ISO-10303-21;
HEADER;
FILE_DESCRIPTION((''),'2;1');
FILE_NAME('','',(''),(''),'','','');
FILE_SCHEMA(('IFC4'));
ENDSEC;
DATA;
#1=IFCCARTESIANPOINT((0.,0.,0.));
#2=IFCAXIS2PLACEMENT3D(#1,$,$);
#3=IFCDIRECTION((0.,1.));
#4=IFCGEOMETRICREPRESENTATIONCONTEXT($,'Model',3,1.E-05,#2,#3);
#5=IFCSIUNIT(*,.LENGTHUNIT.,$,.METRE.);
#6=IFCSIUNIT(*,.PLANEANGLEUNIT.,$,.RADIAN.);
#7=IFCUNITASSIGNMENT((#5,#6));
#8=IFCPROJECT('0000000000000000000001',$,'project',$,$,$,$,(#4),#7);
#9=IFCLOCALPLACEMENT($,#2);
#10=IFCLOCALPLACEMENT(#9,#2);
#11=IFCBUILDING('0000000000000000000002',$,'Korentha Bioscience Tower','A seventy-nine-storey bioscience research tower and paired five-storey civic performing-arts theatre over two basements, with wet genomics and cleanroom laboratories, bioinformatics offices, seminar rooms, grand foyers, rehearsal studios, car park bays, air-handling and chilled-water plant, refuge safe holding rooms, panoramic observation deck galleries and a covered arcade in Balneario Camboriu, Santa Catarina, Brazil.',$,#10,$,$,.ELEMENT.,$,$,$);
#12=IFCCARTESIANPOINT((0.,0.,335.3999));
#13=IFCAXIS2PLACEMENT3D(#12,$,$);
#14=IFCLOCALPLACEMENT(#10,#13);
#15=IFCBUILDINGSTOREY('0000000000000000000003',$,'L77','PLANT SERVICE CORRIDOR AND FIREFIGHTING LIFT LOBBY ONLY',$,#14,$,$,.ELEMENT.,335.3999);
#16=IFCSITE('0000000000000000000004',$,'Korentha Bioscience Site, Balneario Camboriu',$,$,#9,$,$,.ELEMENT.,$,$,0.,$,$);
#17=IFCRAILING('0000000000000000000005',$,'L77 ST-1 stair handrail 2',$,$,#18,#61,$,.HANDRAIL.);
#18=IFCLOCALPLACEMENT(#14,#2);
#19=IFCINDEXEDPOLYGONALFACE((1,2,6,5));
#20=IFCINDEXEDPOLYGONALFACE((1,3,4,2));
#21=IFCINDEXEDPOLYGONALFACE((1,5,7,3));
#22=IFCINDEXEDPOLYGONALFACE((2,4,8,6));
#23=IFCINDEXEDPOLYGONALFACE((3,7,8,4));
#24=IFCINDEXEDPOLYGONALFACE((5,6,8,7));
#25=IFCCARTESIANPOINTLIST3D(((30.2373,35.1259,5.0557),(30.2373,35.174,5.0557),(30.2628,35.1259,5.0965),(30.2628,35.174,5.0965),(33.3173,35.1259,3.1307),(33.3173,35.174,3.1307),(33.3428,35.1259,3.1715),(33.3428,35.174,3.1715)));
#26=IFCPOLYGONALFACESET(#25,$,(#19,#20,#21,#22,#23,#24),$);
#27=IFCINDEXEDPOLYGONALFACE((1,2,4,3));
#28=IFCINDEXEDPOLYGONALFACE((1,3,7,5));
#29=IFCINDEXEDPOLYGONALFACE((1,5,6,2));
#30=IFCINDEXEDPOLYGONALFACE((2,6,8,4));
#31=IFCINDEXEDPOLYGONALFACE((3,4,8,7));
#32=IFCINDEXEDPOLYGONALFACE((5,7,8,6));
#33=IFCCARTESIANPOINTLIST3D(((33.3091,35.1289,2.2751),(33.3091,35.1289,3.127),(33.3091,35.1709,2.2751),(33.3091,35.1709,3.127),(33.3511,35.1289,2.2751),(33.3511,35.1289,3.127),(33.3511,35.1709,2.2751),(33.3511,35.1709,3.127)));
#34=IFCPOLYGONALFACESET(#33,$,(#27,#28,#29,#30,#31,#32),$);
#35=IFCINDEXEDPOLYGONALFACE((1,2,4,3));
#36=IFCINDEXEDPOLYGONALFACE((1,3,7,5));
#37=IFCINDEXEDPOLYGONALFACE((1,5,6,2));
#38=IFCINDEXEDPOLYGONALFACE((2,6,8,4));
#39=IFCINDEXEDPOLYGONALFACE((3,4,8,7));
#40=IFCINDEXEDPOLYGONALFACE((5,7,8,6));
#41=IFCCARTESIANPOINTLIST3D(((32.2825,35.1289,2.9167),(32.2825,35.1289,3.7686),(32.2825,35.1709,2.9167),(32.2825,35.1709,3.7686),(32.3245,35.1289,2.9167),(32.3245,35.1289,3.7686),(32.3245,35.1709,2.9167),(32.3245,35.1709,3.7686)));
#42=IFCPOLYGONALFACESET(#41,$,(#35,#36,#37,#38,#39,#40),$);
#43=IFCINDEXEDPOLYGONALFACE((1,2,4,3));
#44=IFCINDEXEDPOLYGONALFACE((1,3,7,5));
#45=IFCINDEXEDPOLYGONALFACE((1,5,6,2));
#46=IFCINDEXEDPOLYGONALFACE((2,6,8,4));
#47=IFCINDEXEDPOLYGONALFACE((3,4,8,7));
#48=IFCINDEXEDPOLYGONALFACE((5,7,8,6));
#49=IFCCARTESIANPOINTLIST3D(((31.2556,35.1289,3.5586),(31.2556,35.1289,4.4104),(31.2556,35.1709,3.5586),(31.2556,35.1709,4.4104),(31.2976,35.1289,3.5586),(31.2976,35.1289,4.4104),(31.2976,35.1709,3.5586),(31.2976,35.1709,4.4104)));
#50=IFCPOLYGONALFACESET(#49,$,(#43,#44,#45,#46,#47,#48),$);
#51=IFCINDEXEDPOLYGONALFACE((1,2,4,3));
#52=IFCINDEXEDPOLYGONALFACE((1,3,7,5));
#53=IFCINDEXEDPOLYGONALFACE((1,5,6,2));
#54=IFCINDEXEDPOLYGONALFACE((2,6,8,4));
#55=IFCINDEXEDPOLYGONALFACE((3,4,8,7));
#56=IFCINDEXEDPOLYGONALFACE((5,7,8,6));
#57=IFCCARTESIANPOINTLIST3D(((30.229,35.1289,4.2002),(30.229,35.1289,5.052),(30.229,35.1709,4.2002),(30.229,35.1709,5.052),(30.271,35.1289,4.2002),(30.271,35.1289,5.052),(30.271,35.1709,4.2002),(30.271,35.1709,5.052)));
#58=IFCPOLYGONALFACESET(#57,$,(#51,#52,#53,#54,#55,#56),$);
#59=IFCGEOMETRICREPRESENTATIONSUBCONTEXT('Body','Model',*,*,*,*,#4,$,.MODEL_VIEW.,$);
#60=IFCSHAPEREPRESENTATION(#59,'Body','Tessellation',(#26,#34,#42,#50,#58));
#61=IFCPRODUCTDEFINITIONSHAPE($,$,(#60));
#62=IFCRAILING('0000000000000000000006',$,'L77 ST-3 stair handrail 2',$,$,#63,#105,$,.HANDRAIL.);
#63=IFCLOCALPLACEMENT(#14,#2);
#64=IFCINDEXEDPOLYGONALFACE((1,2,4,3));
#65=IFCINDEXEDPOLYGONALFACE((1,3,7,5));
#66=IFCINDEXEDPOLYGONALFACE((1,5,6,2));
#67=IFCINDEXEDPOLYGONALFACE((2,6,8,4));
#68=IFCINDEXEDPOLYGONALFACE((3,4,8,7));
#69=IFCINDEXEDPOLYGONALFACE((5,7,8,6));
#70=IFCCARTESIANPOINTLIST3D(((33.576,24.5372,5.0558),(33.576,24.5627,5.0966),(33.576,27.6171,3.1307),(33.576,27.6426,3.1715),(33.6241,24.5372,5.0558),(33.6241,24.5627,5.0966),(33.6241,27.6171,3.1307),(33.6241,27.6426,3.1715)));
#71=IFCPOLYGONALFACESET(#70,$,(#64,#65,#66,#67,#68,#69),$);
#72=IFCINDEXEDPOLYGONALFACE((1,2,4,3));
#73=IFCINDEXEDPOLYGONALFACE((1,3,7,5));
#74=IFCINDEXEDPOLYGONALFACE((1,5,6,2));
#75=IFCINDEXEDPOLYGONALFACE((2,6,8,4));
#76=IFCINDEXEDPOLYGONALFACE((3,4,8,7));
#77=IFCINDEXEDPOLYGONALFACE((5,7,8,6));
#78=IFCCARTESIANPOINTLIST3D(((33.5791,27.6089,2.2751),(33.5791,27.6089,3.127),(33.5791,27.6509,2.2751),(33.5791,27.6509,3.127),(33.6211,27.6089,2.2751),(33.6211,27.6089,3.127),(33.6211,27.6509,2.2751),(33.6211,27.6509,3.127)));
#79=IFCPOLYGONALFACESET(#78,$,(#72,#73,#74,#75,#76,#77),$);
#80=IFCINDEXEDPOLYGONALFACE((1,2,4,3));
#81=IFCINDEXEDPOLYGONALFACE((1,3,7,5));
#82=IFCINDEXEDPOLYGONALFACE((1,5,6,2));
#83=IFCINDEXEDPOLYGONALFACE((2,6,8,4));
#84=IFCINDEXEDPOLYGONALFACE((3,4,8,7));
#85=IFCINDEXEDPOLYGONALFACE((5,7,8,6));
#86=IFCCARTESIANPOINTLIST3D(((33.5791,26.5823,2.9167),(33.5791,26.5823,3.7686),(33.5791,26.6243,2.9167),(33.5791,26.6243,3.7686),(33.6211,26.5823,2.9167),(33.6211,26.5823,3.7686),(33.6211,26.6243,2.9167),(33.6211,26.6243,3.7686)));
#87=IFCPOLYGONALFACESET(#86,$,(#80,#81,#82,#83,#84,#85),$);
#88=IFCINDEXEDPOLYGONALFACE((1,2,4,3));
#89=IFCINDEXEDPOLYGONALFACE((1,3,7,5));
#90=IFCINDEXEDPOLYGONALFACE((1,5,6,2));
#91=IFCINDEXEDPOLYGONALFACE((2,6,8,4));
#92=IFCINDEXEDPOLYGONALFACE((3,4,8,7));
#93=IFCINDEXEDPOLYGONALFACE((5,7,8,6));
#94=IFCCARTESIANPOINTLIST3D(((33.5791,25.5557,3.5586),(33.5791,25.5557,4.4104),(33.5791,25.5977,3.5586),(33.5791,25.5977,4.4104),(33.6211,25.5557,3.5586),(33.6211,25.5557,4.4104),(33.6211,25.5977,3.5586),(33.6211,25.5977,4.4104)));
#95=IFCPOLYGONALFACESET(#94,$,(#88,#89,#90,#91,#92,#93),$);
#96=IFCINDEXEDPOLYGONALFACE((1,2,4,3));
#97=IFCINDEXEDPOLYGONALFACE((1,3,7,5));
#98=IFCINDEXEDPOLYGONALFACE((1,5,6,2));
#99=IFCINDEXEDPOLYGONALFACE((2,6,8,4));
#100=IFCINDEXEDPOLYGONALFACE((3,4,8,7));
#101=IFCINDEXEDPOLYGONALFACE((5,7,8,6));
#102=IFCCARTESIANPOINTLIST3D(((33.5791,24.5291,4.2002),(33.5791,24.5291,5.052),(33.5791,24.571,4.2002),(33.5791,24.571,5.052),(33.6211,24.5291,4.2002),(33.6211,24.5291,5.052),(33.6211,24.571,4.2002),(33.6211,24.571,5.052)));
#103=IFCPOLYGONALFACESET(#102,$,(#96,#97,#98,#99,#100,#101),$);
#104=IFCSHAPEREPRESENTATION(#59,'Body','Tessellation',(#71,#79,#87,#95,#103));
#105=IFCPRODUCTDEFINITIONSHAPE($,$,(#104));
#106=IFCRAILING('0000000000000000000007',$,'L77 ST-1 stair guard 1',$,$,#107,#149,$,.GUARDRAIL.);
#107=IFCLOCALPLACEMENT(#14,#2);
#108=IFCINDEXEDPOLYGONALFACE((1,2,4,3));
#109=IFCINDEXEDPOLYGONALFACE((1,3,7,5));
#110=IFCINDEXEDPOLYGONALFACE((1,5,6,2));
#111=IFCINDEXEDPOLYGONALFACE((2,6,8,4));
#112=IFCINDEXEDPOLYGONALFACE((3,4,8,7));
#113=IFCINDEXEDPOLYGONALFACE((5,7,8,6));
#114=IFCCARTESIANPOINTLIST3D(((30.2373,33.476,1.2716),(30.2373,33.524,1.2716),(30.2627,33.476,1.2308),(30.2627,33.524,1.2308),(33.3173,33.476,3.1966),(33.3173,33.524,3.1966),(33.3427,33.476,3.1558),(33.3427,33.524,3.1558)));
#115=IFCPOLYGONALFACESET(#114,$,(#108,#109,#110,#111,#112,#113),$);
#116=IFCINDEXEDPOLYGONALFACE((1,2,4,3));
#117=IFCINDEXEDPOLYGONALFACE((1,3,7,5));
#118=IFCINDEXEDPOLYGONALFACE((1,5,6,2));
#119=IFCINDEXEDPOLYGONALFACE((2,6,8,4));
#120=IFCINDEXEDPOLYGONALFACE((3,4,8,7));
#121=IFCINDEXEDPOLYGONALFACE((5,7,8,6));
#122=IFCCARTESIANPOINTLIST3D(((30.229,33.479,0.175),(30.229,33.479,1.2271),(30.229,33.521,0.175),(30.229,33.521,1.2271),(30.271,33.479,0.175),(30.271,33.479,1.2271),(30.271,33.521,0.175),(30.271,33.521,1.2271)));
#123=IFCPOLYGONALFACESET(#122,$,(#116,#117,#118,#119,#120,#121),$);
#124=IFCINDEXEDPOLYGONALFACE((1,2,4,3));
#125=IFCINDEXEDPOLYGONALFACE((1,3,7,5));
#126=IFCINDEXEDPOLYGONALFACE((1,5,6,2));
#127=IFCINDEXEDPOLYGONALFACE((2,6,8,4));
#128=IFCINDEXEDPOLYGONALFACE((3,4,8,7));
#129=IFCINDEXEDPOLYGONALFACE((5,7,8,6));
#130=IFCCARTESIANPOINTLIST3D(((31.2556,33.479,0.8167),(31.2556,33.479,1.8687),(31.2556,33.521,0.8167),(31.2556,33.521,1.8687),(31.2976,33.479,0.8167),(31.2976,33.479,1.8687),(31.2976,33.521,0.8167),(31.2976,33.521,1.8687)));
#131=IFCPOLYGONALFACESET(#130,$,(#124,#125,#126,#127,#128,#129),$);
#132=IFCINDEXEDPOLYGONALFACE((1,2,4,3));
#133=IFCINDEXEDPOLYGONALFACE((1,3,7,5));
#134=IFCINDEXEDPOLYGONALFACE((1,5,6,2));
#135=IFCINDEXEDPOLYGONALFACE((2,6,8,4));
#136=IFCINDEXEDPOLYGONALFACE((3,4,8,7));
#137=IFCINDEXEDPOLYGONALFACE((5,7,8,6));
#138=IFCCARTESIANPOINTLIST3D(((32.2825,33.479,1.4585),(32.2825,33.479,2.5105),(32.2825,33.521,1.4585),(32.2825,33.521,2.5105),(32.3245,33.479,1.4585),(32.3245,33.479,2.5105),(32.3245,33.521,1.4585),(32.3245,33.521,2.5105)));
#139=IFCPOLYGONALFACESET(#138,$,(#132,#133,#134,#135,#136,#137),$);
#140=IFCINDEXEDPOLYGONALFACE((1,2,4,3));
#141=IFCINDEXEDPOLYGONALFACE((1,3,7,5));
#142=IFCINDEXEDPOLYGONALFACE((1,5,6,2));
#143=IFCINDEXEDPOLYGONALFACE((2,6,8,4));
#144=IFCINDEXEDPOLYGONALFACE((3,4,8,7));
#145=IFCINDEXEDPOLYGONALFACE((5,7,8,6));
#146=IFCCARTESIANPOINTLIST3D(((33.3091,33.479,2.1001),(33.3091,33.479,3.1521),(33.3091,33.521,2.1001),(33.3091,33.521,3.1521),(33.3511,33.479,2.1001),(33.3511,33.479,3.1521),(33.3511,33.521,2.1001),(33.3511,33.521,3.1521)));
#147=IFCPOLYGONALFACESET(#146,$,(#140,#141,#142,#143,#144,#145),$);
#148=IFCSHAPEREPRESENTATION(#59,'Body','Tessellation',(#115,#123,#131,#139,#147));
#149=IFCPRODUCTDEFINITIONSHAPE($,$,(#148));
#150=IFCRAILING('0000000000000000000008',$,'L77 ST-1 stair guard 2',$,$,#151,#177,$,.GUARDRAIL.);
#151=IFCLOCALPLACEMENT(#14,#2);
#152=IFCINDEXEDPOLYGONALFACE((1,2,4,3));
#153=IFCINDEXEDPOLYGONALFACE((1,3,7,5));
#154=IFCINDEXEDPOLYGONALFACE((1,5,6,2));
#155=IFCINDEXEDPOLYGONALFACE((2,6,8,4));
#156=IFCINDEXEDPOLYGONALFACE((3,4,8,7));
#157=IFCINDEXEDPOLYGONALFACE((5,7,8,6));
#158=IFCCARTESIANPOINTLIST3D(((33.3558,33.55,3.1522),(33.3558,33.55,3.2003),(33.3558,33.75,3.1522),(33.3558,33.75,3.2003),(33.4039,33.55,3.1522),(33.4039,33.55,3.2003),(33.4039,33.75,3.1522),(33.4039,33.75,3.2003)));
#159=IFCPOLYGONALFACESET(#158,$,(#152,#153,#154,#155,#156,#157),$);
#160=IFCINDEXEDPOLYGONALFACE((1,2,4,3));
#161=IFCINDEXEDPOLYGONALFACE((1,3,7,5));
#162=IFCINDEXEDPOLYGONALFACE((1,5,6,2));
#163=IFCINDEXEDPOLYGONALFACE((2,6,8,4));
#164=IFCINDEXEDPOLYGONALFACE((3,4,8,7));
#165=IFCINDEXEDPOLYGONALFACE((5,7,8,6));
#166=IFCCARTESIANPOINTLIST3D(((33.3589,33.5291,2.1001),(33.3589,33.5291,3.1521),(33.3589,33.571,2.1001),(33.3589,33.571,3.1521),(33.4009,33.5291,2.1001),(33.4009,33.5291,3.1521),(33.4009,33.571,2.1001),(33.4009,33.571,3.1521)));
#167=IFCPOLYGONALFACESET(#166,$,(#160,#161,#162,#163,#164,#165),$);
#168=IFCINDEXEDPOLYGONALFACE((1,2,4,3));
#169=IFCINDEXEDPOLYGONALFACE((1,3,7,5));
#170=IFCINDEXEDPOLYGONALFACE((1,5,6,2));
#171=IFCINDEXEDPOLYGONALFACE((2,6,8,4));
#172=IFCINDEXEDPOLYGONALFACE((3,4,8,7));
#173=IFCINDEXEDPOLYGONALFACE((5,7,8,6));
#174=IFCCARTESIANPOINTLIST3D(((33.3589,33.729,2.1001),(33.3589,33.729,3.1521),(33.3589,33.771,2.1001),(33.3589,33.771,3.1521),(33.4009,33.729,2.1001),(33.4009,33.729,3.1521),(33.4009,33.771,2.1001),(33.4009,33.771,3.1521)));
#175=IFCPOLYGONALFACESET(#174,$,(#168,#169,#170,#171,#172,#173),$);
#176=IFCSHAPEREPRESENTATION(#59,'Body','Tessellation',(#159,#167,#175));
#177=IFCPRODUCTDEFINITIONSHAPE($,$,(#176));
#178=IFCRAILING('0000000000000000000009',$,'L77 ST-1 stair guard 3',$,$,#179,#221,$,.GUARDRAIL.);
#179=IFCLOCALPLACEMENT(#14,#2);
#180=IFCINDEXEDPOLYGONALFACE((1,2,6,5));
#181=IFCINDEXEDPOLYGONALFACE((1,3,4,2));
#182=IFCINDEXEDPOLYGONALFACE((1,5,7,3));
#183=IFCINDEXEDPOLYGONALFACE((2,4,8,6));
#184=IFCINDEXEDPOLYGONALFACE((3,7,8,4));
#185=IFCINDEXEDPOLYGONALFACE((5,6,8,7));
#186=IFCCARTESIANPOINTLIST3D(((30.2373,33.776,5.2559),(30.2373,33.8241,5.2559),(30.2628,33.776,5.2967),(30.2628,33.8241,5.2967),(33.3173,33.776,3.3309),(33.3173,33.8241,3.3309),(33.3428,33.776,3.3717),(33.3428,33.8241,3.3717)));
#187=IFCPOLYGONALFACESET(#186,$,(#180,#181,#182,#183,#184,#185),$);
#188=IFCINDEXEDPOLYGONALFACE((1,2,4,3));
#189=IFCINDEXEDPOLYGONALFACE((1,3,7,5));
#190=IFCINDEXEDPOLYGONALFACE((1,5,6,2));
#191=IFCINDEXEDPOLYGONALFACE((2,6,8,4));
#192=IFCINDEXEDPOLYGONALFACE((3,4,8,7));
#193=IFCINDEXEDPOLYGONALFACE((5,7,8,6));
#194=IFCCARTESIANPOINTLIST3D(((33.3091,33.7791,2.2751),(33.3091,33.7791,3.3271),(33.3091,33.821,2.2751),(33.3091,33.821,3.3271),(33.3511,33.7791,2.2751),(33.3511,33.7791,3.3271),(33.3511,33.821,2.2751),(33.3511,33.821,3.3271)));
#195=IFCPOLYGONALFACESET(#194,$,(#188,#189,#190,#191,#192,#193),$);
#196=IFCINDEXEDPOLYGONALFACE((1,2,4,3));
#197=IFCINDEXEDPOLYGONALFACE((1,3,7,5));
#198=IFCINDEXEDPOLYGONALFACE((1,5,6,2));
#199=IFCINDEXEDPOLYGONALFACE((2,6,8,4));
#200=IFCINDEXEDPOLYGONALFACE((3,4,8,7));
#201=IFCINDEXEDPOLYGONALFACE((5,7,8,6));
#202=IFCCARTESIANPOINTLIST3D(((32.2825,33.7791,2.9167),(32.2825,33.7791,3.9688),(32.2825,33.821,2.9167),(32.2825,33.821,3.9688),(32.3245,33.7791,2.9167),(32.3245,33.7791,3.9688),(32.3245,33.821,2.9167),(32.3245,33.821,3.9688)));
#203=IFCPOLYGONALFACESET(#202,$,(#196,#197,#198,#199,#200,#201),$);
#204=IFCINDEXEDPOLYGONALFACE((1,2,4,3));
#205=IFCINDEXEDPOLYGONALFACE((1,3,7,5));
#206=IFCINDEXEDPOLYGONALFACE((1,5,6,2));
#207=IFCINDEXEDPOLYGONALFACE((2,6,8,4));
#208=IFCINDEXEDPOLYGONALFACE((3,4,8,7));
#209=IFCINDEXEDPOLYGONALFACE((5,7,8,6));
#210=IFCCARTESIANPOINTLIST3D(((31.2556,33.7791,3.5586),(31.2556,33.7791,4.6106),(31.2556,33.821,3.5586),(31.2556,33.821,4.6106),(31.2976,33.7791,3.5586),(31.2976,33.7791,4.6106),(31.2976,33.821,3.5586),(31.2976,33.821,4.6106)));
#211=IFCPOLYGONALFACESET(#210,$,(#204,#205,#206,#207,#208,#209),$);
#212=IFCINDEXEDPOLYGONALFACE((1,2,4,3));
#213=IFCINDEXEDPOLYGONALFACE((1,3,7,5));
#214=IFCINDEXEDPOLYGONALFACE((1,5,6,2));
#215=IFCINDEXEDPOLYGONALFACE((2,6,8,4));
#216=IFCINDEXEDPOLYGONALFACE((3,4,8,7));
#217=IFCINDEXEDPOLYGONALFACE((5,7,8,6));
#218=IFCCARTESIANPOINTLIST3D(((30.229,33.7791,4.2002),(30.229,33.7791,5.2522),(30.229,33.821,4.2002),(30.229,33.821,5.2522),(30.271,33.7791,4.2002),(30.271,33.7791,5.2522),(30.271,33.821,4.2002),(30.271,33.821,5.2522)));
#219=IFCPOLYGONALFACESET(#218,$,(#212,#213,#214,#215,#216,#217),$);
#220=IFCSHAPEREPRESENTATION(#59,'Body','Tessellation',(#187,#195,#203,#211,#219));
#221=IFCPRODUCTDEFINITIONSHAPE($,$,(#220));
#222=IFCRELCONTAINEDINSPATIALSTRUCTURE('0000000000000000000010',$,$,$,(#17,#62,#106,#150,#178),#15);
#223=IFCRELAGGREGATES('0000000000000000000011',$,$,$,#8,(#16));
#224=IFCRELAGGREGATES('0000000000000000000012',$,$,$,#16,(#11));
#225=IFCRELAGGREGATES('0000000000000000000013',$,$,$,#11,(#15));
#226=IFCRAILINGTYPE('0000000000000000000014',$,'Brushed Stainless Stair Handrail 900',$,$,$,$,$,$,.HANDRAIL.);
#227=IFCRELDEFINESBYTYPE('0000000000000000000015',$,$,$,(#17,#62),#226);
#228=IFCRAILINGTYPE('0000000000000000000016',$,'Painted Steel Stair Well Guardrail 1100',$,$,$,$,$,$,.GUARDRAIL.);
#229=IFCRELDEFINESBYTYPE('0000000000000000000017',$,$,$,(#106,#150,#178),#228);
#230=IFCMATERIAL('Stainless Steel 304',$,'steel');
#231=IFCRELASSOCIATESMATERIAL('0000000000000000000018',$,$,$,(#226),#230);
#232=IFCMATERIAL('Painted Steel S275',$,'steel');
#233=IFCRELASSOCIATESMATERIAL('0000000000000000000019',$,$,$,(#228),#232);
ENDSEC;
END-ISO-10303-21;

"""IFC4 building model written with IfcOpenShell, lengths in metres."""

from ifc_helpers import new_model, si_unit, direction, frame, origin, origin_2d, place, context, subcontext, project, spatial, rectangle, extrude, material, type_object, element, save


model = new_model("IFC4")

# Units and contexts
model_context = context("Model", 3, precision=1e-05, world=origin(), true_north=direction((0.0, 1.0)))
body_context = subcontext(model_context, "Body", "Model", "MODEL_VIEW")
ifc_project = project(units=[si_unit("LENGTHUNIT", "METRE"), si_unit("PLANEANGLEUNIT", "RADIAN")], contexts=[model_context])

# Site, building, storey
site_placement = place(None, origin())
site = spatial("IfcSite", under=ifc_project, at=site_placement, Name="Korentha Bioscience Site, Balneario Camboriu", CompositionType="ELEMENT", RefElevation=0.0)
building_placement = place(site_placement, origin())
building = spatial("IfcBuilding", under=site, at=building_placement, Name="Korentha Bioscience Tower", Description="A seventy-nine-storey bioscience research tower and paired five-storey civic performing-arts theatre over two basements, with wet genomics and cleanroom laboratories, bioinformatics offices, seminar rooms, grand foyers, rehearsal studios, car park bays, air-handling and chilled-water plant, refuge safe holding rooms, panoramic observation deck galleries and a covered arcade in Balneario Camboriu, Santa Catarina, Brazil.", CompositionType="ELEMENT")
storey_placement = place(building_placement, frame((0.0, 0.0, 335.3999)))
storey = spatial("IfcBuildingStorey", under=building, at=storey_placement, Name="L77", Description="PLANT SERVICE CORRIDOR AND FIREFIGHTING LIFT LOBBY ONLY", CompositionType="ELEMENT", Elevation=335.3999)

# Railings
ifc_material_1 = material(Name="Stainless Steel 304", Category="steel")
railing_type_1 = type_object("IfcRailingType", Name="Brushed Stainless Stair Handrail 900", PredefinedType="HANDRAIL", material=ifc_material_1)
railing_1_placement = place(storey_placement, frame((33.3301, 35.1499, 2.2751)))
element("IfcRailing", 1, at=railing_1_placement, inside=storey, type_object=railing_type_1, Name="L77 ST-1 stair handrail 2", PredefinedType="HANDRAIL", context=body_context, shape_type="SweptSolid", body=[
    extrude(rectangle(XDim=0.0481, YDim=0.0481, at=origin_2d()), frame((0.0, 0.0, 0.876), z_axis=(-0.847998, 0.0, 0.529999), x_axis=(0.0, -1.0, 0.0)), (0.0, 0.0, 1.0), 3.6321),
    extrude(rectangle(XDim=0.042, YDim=0.042, at=origin_2d()), origin(), (0.0, 0.0, 1.0), 0.8518),
    extrude(rectangle(XDim=0.042, YDim=0.042, at=origin_2d()), frame((-1.0266, 0.0, 0.6416)), (0.0, 0.0, 1.0), 0.8518),
    extrude(rectangle(XDim=0.042, YDim=0.042, at=origin_2d()), frame((-2.0535, 0.0, 1.2834)), (0.0, 0.0, 1.0), 0.8518),
    extrude(rectangle(XDim=0.042, YDim=0.042, at=origin_2d()), frame((-3.0801, 0.0, 1.925)), (0.0, 0.0, 1.0), 0.8518),
])
railing_2_placement = place(storey_placement, frame((33.6001, 27.6299, 2.2751)))
element("IfcRailing", 2, at=railing_2_placement, inside=storey, type_object=railing_type_1, Name="L77 ST-3 stair handrail 2", PredefinedType="HANDRAIL", context=body_context, shape_type="SweptSolid", body=[
    extrude(rectangle(XDim=0.0481, YDim=0.0481, at=origin_2d()), frame((0.0, 0.0, 0.876), z_axis=(0.0, -0.847979, 0.530029), x_axis=(1.0, 0.0, 0.0)), (0.0, 0.0, 1.0), 3.6321),
    extrude(rectangle(XDim=0.042, YDim=0.042, at=origin_2d()), origin(), (0.0, 0.0, 1.0), 0.8518),
    extrude(rectangle(XDim=0.042, YDim=0.042, at=origin_2d()), frame((0.0, -1.0266, 0.6416)), (0.0, 0.0, 1.0), 0.8518),
    extrude(rectangle(XDim=0.042, YDim=0.042, at=origin_2d()), frame((0.0, -2.0532, 1.2834)), (0.0, 0.0, 1.0), 0.8518),
    extrude(rectangle(XDim=0.042, YDim=0.042, at=origin_2d()), frame((0.0, -3.0798, 1.925)), (0.0, 0.0, 1.0), 0.8518),
])
ifc_material_2 = material(Name="Painted Steel S275", Category="steel")
railing_type_2 = type_object("IfcRailingType", Name="Painted Steel Stair Well Guardrail 1100", PredefinedType="GUARDRAIL", material=ifc_material_2)
railing_3_placement = place(storey_placement, frame((30.25, 33.5, 0.175)))
element("IfcRailing", 3, at=railing_3_placement, inside=storey, type_object=railing_type_2, Name="L77 ST-1 stair guard 1", PredefinedType="GUARDRAIL", context=body_context, shape_type="SweptSolid", body=[
    extrude(rectangle(XDim=0.0481, YDim=0.0481, at=origin_2d()), frame((0.0, 0.0, 1.0762), z_axis=(0.847998, 0.0, 0.529999), x_axis=(0.0, 1.0, 0.0)), (0.0, 0.0, 1.0), 3.6321),
    extrude(rectangle(XDim=0.042, YDim=0.042, at=origin_2d()), origin(), (0.0, 0.0, 1.0), 1.052),
    extrude(rectangle(XDim=0.042, YDim=0.042, at=origin_2d()), frame((1.0266, 0.0, 0.6416)), (0.0, 0.0, 1.0), 1.052),
    extrude(rectangle(XDim=0.042, YDim=0.042, at=origin_2d()), frame((2.0535, 0.0, 1.2834)), (0.0, 0.0, 1.0), 1.052),
    extrude(rectangle(XDim=0.042, YDim=0.042, at=origin_2d()), frame((3.0801, 0.0, 1.925)), (0.0, 0.0, 1.0), 1.052),
])
railing_4_placement = place(storey_placement, frame((33.3799, 33.55, 2.1001)))
element("IfcRailing", 4, at=railing_4_placement, inside=storey, type_object=railing_type_2, Name="L77 ST-1 stair guard 2", PredefinedType="GUARDRAIL", context=body_context, shape_type="SweptSolid", body=[
    extrude(rectangle(XDim=0.0481, YDim=0.0481, at=origin_2d()), frame((0.0, 0.0, 1.0762), z_axis=(0.0, 1.0, 0.0), x_axis=(-1.0, 0.0, 0.0)), (0.0, 0.0, 1.0), 0.2),
    extrude(rectangle(XDim=0.042, YDim=0.042, at=origin_2d()), origin(), (0.0, 0.0, 1.0), 1.052),
    extrude(rectangle(XDim=0.042, YDim=0.042, at=origin_2d()), frame((0.0, 0.2, 0.0)), (0.0, 0.0, 1.0), 1.052),
])
railing_5_placement = place(storey_placement, frame((33.3301, 33.8, 2.2751)))
element("IfcRailing", 5, at=railing_5_placement, inside=storey, type_object=railing_type_2, Name="L77 ST-1 stair guard 3", PredefinedType="GUARDRAIL", context=body_context, shape_type="SweptSolid", body=[
    extrude(rectangle(XDim=0.0481, YDim=0.0481, at=origin_2d()), frame((0.0, 0.0, 1.0762), z_axis=(-0.847998, 0.0, 0.529999), x_axis=(0.0, -1.0, 0.0)), (0.0, 0.0, 1.0), 3.6321),
    extrude(rectangle(XDim=0.042, YDim=0.042, at=origin_2d()), origin(), (0.0, 0.0, 1.0), 1.052),
    extrude(rectangle(XDim=0.042, YDim=0.042, at=origin_2d()), frame((-1.0266, 0.0, 0.6416)), (0.0, 0.0, 1.0), 1.052),
    extrude(rectangle(XDim=0.042, YDim=0.042, at=origin_2d()), frame((-2.0535, 0.0, 1.2834)), (0.0, 0.0, 1.0), 1.052),
    extrude(rectangle(XDim=0.042, YDim=0.042, at=origin_2d()), frame((-3.0801, 0.0, 1.925)), (0.0, 0.0, 1.0), 1.052),
])

save(model, "model.ifc")
